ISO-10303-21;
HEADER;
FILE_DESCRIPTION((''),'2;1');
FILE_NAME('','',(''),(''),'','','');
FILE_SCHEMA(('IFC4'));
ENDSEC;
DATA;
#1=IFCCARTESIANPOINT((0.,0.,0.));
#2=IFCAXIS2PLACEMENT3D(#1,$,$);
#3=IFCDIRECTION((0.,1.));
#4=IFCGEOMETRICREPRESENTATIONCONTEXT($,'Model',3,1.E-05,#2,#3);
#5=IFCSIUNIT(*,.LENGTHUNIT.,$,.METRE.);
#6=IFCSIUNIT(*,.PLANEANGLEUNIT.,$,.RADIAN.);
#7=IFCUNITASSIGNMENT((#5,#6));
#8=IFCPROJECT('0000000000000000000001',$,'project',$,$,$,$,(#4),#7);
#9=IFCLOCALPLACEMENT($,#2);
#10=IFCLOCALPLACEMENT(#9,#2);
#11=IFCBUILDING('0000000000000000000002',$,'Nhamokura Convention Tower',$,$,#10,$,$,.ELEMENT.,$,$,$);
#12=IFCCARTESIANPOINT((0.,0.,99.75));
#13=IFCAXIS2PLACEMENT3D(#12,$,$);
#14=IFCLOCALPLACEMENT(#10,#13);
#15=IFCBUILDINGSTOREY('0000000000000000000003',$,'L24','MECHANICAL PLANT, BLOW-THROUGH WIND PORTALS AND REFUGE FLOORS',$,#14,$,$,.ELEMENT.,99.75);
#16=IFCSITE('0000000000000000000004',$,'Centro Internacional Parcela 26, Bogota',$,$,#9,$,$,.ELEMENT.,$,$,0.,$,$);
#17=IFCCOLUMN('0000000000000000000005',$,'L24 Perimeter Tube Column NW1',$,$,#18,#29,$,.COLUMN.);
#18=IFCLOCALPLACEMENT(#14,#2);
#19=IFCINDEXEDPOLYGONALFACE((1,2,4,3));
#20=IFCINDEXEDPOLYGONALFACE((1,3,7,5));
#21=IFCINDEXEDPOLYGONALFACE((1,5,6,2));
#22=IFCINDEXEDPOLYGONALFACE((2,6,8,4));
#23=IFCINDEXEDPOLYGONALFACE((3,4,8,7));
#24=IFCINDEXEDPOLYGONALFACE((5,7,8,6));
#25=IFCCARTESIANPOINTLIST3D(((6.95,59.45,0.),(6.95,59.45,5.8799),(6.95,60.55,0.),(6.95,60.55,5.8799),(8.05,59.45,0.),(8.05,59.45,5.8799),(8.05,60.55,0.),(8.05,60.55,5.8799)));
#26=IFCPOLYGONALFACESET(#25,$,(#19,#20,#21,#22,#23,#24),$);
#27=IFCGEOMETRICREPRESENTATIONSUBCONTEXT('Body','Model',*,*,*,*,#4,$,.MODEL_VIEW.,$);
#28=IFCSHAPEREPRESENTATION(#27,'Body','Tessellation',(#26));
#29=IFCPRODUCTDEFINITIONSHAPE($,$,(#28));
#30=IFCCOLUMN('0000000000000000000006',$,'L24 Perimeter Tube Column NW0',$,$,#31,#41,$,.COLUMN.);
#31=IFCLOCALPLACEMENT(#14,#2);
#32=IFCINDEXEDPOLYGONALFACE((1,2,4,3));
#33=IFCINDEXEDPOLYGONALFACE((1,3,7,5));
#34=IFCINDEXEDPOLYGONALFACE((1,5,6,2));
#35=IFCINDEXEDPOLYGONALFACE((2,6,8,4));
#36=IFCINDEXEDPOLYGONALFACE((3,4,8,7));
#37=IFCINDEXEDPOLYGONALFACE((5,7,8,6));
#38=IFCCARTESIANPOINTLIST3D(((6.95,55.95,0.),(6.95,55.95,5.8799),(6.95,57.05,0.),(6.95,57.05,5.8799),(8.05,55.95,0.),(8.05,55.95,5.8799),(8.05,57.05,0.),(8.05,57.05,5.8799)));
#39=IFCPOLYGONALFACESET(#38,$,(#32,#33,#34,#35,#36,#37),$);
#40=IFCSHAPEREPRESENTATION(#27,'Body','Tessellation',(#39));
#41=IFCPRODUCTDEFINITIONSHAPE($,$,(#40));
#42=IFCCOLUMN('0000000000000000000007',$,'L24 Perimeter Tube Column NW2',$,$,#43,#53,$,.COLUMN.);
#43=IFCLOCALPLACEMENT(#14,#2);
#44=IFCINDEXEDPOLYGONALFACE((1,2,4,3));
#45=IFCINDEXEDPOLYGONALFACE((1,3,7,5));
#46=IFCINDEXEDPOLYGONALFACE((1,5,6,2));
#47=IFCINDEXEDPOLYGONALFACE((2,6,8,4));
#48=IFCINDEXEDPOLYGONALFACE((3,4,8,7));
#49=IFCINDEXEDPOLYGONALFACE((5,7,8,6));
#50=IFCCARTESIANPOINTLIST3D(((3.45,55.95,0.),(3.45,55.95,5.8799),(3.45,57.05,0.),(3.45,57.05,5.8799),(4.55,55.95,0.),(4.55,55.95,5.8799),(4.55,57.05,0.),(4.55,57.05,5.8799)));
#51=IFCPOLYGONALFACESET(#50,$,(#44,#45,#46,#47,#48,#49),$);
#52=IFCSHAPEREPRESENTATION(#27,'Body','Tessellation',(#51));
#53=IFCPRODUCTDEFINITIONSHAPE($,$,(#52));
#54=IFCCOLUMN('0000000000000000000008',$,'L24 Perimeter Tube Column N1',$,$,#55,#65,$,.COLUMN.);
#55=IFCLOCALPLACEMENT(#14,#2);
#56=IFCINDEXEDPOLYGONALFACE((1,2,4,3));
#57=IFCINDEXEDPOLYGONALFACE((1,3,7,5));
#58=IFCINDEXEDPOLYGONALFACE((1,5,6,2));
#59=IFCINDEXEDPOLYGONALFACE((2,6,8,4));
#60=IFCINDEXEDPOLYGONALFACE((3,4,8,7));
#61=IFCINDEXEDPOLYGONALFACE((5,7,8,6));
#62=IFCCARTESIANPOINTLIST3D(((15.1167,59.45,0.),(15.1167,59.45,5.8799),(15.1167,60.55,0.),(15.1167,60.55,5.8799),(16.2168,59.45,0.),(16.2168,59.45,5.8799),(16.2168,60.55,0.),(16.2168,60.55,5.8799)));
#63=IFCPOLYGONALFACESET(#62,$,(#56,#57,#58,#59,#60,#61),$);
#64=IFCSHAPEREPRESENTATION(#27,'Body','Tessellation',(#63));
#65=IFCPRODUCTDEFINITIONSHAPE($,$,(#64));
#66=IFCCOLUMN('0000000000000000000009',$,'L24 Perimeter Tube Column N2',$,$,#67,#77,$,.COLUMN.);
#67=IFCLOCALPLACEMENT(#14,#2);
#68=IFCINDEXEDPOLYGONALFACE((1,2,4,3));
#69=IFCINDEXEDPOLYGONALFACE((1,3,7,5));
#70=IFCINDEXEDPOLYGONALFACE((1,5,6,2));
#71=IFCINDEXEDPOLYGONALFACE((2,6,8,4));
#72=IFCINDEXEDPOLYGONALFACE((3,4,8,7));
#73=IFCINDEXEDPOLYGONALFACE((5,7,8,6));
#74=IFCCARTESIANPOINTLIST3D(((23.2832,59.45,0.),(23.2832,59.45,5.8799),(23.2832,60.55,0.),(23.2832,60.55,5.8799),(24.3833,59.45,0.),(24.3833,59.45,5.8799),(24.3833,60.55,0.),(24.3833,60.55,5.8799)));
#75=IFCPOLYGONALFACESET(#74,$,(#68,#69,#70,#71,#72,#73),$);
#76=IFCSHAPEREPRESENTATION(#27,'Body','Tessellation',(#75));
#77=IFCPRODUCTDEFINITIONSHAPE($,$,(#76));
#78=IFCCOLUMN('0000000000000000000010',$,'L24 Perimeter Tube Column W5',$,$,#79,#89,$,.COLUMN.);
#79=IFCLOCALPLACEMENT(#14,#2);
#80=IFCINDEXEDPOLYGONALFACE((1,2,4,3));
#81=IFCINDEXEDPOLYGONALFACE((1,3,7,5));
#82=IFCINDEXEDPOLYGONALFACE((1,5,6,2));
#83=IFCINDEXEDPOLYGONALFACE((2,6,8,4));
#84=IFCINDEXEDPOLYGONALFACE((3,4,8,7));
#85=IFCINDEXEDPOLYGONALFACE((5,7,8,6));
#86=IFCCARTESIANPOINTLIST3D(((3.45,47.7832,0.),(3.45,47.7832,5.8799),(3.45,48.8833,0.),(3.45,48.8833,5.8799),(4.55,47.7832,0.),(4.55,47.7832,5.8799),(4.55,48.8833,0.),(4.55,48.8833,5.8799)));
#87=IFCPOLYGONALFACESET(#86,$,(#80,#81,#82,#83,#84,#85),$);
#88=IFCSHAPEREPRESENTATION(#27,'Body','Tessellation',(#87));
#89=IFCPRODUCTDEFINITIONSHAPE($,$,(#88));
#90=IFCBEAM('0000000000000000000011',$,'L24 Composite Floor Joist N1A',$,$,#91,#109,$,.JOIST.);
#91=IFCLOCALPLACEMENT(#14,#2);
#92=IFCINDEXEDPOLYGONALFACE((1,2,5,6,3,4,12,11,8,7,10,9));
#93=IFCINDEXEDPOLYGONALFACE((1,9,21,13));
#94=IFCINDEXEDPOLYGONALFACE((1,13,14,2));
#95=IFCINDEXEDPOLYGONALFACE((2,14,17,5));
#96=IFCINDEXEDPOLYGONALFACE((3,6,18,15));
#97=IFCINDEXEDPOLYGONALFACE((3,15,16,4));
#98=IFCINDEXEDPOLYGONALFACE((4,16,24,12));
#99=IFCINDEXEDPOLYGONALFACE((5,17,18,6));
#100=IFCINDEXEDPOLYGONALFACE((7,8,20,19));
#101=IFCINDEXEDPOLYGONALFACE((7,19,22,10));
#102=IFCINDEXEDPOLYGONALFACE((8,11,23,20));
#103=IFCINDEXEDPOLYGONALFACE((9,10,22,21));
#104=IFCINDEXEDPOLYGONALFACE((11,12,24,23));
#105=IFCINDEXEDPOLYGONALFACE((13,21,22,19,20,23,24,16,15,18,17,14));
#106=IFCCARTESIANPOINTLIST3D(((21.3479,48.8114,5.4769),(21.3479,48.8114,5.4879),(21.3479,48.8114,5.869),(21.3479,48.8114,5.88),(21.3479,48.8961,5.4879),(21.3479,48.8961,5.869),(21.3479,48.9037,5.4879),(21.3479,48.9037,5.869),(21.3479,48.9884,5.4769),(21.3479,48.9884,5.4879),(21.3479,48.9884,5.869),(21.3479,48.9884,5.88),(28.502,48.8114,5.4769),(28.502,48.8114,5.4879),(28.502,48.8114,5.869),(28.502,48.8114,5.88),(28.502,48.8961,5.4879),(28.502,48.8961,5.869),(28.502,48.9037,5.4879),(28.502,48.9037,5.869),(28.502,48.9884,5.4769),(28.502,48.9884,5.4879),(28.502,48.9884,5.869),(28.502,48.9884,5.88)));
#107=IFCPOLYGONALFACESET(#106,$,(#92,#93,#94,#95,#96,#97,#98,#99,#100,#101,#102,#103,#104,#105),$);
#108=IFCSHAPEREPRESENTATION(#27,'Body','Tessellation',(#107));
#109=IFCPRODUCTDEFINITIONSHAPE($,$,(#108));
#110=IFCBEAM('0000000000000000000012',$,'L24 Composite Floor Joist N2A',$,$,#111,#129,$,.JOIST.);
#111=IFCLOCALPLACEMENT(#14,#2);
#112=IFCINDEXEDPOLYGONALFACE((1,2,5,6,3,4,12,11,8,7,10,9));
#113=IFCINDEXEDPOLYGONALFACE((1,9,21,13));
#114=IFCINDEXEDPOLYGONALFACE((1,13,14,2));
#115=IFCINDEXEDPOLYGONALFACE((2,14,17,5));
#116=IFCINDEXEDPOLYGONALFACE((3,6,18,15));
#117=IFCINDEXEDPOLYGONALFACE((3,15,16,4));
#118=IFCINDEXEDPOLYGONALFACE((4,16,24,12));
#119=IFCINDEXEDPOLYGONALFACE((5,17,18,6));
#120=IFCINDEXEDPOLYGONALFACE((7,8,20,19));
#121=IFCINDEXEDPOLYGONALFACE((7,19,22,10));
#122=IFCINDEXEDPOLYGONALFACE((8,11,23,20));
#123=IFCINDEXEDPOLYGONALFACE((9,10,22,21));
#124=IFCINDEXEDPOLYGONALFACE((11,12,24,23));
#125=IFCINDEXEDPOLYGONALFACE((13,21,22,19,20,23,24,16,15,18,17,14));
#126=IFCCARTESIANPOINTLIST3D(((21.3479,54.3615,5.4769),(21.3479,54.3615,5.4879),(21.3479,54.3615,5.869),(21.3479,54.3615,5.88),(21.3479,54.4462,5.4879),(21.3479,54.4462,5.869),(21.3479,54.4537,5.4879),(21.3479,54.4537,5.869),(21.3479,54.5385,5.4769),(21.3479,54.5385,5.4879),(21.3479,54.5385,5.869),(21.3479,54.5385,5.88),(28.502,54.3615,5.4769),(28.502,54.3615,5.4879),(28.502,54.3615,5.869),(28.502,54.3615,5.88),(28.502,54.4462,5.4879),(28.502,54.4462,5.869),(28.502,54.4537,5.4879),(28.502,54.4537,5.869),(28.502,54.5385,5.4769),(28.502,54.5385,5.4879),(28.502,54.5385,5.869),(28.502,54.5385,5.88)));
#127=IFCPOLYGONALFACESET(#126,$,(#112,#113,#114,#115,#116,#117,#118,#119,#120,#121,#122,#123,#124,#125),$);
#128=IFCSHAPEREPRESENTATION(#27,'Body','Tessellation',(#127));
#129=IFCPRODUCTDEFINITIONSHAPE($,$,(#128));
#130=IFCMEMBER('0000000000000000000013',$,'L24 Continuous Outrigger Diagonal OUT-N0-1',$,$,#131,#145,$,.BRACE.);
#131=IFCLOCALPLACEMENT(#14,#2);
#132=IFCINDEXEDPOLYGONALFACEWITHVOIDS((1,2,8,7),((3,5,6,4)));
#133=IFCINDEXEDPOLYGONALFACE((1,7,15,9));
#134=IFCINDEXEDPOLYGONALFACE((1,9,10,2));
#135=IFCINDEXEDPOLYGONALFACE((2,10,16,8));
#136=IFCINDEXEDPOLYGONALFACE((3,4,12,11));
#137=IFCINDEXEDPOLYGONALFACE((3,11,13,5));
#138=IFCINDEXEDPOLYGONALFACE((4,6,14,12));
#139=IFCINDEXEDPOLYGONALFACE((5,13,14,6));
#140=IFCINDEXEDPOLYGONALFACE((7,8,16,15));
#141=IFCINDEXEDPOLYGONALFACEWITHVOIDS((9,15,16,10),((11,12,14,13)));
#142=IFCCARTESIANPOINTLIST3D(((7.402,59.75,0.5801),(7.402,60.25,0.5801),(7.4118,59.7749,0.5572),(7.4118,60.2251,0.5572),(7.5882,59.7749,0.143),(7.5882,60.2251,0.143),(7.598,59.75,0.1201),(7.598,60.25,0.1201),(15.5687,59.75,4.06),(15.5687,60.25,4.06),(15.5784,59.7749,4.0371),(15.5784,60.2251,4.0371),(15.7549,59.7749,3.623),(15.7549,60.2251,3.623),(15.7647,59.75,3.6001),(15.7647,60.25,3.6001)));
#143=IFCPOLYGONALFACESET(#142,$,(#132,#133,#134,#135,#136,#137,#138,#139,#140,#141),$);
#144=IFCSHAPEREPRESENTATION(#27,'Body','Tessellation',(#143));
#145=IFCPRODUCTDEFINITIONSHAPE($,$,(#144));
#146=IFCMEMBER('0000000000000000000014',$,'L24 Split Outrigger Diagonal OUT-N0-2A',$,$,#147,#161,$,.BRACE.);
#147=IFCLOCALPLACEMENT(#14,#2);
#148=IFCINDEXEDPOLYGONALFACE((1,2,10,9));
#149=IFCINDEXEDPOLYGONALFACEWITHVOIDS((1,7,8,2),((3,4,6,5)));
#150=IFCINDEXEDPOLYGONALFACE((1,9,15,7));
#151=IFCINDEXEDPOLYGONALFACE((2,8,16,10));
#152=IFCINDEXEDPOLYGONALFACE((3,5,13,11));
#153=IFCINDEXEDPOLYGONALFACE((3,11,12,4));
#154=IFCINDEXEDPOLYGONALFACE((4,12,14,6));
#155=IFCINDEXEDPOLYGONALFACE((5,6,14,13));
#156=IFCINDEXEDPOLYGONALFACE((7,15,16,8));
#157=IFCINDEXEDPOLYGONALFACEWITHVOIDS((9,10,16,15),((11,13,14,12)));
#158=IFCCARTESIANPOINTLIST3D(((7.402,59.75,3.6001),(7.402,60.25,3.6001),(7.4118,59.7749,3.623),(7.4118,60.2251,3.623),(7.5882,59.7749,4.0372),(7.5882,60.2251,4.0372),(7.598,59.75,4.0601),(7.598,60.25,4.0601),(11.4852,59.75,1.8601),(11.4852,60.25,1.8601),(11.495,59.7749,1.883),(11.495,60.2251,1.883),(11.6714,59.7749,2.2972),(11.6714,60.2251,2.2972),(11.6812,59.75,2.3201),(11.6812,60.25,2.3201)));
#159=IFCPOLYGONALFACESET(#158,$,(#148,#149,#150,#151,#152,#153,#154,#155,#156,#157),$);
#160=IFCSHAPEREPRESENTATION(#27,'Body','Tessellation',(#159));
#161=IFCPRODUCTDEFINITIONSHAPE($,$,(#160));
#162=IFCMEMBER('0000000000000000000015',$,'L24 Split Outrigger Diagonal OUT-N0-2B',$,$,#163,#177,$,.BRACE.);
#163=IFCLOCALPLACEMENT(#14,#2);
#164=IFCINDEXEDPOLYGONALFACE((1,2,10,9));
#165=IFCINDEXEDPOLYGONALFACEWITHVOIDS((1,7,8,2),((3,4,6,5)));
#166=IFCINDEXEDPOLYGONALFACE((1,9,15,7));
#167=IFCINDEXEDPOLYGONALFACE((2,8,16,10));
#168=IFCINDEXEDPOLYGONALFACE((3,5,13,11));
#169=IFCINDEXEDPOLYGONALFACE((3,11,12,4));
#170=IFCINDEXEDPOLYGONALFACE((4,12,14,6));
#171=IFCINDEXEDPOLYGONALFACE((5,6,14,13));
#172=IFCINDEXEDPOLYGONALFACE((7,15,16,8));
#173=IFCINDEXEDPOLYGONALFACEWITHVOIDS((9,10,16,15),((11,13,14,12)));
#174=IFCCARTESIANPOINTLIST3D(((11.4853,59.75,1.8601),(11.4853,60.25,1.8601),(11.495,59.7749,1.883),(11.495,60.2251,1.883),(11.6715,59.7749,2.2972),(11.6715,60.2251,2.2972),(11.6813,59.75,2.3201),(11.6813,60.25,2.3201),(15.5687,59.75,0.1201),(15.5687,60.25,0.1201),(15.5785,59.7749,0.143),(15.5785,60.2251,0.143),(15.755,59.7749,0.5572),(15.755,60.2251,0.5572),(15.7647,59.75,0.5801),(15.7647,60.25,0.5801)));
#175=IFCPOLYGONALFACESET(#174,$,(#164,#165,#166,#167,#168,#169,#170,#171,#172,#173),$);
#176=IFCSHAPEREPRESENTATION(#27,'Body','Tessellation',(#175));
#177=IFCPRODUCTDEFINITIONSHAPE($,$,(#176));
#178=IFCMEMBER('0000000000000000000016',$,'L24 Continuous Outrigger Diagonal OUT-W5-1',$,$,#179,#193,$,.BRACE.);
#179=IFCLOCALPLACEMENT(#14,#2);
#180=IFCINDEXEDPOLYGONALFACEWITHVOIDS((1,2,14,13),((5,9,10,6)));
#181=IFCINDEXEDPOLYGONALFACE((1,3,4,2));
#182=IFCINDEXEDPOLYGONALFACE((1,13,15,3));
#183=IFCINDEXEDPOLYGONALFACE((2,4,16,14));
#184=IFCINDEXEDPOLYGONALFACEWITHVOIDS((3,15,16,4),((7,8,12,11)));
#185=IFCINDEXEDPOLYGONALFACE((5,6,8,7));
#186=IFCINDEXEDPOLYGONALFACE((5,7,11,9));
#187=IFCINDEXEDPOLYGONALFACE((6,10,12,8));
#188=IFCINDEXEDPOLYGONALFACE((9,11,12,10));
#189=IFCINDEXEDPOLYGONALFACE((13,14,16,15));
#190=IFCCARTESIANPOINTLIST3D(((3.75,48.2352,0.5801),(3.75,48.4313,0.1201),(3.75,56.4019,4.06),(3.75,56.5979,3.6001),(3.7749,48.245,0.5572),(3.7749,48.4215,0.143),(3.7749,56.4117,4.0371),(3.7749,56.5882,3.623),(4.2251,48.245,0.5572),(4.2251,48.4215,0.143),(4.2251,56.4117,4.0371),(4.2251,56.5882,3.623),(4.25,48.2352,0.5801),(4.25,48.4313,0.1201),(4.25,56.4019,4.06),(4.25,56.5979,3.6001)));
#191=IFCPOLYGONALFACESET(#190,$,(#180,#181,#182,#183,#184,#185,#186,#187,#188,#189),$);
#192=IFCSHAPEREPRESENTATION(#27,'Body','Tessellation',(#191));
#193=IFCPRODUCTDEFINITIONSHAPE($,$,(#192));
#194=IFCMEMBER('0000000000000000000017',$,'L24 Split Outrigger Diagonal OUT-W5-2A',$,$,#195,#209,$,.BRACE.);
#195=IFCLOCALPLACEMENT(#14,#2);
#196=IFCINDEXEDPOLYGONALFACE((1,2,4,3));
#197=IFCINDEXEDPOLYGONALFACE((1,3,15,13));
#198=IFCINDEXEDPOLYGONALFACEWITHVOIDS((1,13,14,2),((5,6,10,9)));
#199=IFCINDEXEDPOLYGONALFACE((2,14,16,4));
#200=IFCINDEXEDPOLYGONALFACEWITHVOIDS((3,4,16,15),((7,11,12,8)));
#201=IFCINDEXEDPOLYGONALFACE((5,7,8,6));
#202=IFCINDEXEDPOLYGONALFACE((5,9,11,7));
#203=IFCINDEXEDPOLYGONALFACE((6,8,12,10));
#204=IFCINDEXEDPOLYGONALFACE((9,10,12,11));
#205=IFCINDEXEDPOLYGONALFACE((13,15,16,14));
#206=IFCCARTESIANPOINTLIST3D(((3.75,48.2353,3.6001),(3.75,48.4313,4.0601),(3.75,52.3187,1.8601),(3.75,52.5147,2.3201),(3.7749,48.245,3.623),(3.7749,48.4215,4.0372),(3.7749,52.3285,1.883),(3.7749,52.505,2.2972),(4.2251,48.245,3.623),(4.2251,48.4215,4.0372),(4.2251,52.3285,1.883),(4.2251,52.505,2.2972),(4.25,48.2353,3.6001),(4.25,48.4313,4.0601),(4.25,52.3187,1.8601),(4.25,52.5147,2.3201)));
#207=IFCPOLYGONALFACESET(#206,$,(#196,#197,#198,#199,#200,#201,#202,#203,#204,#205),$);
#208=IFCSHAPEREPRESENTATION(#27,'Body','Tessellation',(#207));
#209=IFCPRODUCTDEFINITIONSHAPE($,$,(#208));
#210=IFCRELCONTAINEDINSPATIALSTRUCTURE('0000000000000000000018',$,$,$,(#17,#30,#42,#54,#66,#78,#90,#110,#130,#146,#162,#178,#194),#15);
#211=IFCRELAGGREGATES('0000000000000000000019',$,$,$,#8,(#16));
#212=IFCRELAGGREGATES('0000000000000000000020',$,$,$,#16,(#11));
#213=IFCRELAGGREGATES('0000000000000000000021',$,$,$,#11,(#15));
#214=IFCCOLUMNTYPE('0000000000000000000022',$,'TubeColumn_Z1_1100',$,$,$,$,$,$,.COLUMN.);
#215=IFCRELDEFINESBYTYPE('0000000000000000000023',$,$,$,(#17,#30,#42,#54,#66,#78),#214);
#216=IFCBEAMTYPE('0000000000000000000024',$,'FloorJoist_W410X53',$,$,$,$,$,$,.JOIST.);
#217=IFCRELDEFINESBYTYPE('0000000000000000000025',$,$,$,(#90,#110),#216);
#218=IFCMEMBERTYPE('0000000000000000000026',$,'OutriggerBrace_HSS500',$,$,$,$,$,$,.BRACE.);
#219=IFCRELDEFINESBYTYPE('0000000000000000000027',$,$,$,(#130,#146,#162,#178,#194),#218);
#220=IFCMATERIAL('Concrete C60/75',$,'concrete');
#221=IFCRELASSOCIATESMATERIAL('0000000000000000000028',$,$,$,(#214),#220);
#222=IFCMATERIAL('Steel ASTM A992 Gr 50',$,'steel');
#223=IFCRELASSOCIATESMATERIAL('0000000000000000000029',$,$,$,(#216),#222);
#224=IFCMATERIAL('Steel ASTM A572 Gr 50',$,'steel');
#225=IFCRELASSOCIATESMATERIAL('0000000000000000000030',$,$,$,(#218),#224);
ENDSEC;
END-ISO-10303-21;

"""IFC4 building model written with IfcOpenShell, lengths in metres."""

from ifc_helpers import new_model, si_unit, direction, frame, origin, origin_2d, place, context, subcontext, project, spatial, rectangle, hollow_rectangle, i_section, extrude, material, material_profile, profile_set, type_object, element, save


model = new_model("IFC4")

# Units and contexts
model_context = context("Model", 3, precision=1e-05, world=origin(), true_north=direction((0.0, 1.0)))
body_context = subcontext(model_context, "Body", "Model", "MODEL_VIEW")
ifc_project = project(units=[si_unit("LENGTHUNIT", "METRE"), si_unit("PLANEANGLEUNIT", "RADIAN")], contexts=[model_context])

# Site, building, storey
site_placement = place(None, origin())
site = spatial("IfcSite", under=ifc_project, at=site_placement, Name="Centro Internacional Parcela 26, Bogota", CompositionType="ELEMENT", RefElevation=0.0)
building_placement = place(site_placement, origin())
building = spatial("IfcBuilding", under=site, at=building_placement, Name="Nhamokura Convention Tower", CompositionType="ELEMENT")
storey_placement = place(building_placement, frame((0.0, 0.0, 99.75)))
storey = spatial("IfcBuildingStorey", under=building, at=storey_placement, Name="L24", Description="MECHANICAL PLANT, BLOW-THROUGH WIND PORTALS AND REFUGE FLOORS", CompositionType="ELEMENT", Elevation=99.75)

# Columns
ifc_material_1 = material(Name="Concrete C60/75", Category="concrete")
ifc_material_profile_1 = material_profile(ifc_material_1, rectangle(XDim=1.1001, YDim=1.1001, at=origin_2d()))
ifc_profile_set_1 = profile_set([ifc_material_profile_1], Name="Concrete C60/75")
column_type = type_object("IfcColumnType", Name="TubeColumn_Z1_1100", PredefinedType="COLUMN", material=ifc_profile_set_1)
for number, where, z_axis, x_axis, name in (
    (1, (7.5, 60.0, 0.0), (0.0, 0.0, 1.0), (1.0, 0.0, 0.0), "L24 Perimeter Tube Column NW1"),
    (2, (7.5, 56.5, 0.0), (0.0, 0.0, 1.0), (1.0, 0.0, 0.0), "L24 Perimeter Tube Column NW0"),
    (3, (4.0, 56.5, 0.0), (0.0, 0.0, 1.0), (1.0, 0.0, 0.0), "L24 Perimeter Tube Column NW2"),
    (4, (15.6667, 60.0, 0.0), (0.0, 0.0, 1.0), (1.0, 0.0, 0.0), "L24 Perimeter Tube Column N1"),
    (5, (23.8333, 60.0, 0.0), (0.0, 0.0, 1.0), (1.0, 0.0, 0.0), "L24 Perimeter Tube Column N2"),
    (6, (4.0, 48.3333, 0.0), (0.0, 0.0, 1.0), (1.0, 0.0, 0.0), "L24 Perimeter Tube Column W5"),
):
    element("IfcColumn", number, at=place(storey_placement, frame(where, z_axis=z_axis, x_axis=x_axis)), inside=storey, type_object=column_type, Name=name, PredefinedType="COLUMN", context=body_context, shape_type="SweptSolid", body=[
        extrude(rectangle(XDim=1.1001, YDim=1.1001, at=origin_2d()), origin(), (0.0, 0.0, 1.0), 5.8799),
    ])

# Beams
ifc_material_2 = material(Name="Steel ASTM A992 Gr 50", Category="steel")
ifc_material_profile_2 = material_profile(ifc_material_2, i_section(OverallWidth=0.177, OverallDepth=0.4031, WebThickness=0.0076, FlangeThickness=0.011, at=origin_2d()))
ifc_profile_set_2 = profile_set([ifc_material_profile_2], Name="Steel ASTM A992 Gr 50")
beam_type_1 = type_object("IfcBeamType", Name="FloorJoist_W410X53", PredefinedType="JOIST", material=ifc_profile_set_2)
for number, where, z_axis, x_axis, name in (
    (7, (21.3479, 48.8999, 5.6785), (1.0, 0.0, 0.0), (0.0, 1.0, 0.0), "L24 Composite Floor Joist N1A"),
    (8, (21.3479, 54.45, 5.6785), (1.0, 0.0, 0.0), (0.0, 1.0, 0.0), "L24 Composite Floor Joist N2A"),
):
    element("IfcBeam", number, at=place(storey_placement, frame(where, z_axis=z_axis, x_axis=x_axis)), inside=storey, type_object=beam_type_1, Name=name, PredefinedType="JOIST", context=body_context, shape_type="SweptSolid", body=[
        extrude(i_section(OverallWidth=0.177, OverallDepth=0.4031, WebThickness=0.0076, FlangeThickness=0.011, at=origin_2d()), origin(), (0.0, 0.0, 1.0), 7.1541),
    ])

# Members
ifc_material_3 = material(Name="Steel ASTM A572 Gr 50", Category="steel")
ifc_material_profile_3 = material_profile(ifc_material_3, hollow_rectangle(XDim=0.5, YDim=0.5, WallThickness=0.0249, at=origin_2d()))
ifc_profile_set_3 = profile_set([ifc_material_profile_3], Name="Steel ASTM A572 Gr 50")
member_type_1 = type_object("IfcMemberType", Name="OutriggerBrace_HSS500", PredefinedType="BRACE", material=ifc_profile_set_3)
member_1_placement = place(storey_placement, frame((7.5, 60.0, 0.3501), z_axis=(0.919961, 0.0, 0.39201), x_axis=(0.0, 1.0, 0.0)))
element("IfcMember", 9, at=member_1_placement, inside=storey, type_object=member_type_1, Name="L24 Continuous Outrigger Diagonal OUT-N0-1", PredefinedType="BRACE", context=body_context, shape_type="SweptSolid", body=[
    extrude(hollow_rectangle(XDim=0.5, YDim=0.5, WallThickness=0.0249, at=origin_2d()), origin(), (0.0, 0.0, 1.0), 8.8772),
])
member_2_placement = place(storey_placement, frame((7.5, 60.0, 3.8301), z_axis=(0.919957, 0.0, -0.39202), x_axis=(0.0, 1.0, 0.0)))
element("IfcMember", 10, at=member_2_placement, inside=storey, type_object=member_type_1, Name="L24 Split Outrigger Diagonal OUT-N0-2A", PredefinedType="BRACE", context=body_context, shape_type="SweptSolid", body=[
    extrude(hollow_rectangle(XDim=0.5, YDim=0.5, WallThickness=0.0249, at=origin_2d()), origin(), (0.0, 0.0, 1.0), 4.4385),
])
member_3_placement = place(storey_placement, frame((11.5833, 60.0, 2.0901), z_axis=(0.919965, 0.0, -0.392), x_axis=(0.0, 1.0, 0.0)))
element("IfcMember", 11, at=member_3_placement, inside=storey, type_object=member_type_1, Name="L24 Split Outrigger Diagonal OUT-N0-2B", PredefinedType="BRACE", context=body_context, shape_type="SweptSolid", body=[
    extrude(hollow_rectangle(XDim=0.5, YDim=0.5, WallThickness=0.0249, at=origin_2d()), origin(), (0.0, 0.0, 1.0), 4.4387),
])
member_4_placement = place(storey_placement, frame((4.0, 48.3333, 0.3501), z_axis=(0.0, 0.919961, 0.39201), x_axis=(-1.0, 0.0, 0.0)))
element("IfcMember", 12, at=member_4_placement, inside=storey, type_object=member_type_1, Name="L24 Continuous Outrigger Diagonal OUT-W5-1", PredefinedType="BRACE", context=body_context, shape_type="SweptSolid", body=[
    extrude(hollow_rectangle(XDim=0.5, YDim=0.5, WallThickness=0.0249, at=origin_2d()), origin(), (0.0, 0.0, 1.0), 8.8772),
])
member_5_placement = place(storey_placement, frame((4.0, 48.3333, 3.8301), z_axis=(0.0, 0.919965, -0.392), x_axis=(-1.0, 0.0, 0.0)))
element("IfcMember", 13, at=member_5_placement, inside=storey, type_object=member_type_1, Name="L24 Split Outrigger Diagonal OUT-W5-2A", PredefinedType="BRACE", context=body_context, shape_type="SweptSolid", body=[
    extrude(hollow_rectangle(XDim=0.5, YDim=0.5, WallThickness=0.0249, at=origin_2d()), origin(), (0.0, 0.0, 1.0), 4.4387),
])

save(model, "model.ifc")
